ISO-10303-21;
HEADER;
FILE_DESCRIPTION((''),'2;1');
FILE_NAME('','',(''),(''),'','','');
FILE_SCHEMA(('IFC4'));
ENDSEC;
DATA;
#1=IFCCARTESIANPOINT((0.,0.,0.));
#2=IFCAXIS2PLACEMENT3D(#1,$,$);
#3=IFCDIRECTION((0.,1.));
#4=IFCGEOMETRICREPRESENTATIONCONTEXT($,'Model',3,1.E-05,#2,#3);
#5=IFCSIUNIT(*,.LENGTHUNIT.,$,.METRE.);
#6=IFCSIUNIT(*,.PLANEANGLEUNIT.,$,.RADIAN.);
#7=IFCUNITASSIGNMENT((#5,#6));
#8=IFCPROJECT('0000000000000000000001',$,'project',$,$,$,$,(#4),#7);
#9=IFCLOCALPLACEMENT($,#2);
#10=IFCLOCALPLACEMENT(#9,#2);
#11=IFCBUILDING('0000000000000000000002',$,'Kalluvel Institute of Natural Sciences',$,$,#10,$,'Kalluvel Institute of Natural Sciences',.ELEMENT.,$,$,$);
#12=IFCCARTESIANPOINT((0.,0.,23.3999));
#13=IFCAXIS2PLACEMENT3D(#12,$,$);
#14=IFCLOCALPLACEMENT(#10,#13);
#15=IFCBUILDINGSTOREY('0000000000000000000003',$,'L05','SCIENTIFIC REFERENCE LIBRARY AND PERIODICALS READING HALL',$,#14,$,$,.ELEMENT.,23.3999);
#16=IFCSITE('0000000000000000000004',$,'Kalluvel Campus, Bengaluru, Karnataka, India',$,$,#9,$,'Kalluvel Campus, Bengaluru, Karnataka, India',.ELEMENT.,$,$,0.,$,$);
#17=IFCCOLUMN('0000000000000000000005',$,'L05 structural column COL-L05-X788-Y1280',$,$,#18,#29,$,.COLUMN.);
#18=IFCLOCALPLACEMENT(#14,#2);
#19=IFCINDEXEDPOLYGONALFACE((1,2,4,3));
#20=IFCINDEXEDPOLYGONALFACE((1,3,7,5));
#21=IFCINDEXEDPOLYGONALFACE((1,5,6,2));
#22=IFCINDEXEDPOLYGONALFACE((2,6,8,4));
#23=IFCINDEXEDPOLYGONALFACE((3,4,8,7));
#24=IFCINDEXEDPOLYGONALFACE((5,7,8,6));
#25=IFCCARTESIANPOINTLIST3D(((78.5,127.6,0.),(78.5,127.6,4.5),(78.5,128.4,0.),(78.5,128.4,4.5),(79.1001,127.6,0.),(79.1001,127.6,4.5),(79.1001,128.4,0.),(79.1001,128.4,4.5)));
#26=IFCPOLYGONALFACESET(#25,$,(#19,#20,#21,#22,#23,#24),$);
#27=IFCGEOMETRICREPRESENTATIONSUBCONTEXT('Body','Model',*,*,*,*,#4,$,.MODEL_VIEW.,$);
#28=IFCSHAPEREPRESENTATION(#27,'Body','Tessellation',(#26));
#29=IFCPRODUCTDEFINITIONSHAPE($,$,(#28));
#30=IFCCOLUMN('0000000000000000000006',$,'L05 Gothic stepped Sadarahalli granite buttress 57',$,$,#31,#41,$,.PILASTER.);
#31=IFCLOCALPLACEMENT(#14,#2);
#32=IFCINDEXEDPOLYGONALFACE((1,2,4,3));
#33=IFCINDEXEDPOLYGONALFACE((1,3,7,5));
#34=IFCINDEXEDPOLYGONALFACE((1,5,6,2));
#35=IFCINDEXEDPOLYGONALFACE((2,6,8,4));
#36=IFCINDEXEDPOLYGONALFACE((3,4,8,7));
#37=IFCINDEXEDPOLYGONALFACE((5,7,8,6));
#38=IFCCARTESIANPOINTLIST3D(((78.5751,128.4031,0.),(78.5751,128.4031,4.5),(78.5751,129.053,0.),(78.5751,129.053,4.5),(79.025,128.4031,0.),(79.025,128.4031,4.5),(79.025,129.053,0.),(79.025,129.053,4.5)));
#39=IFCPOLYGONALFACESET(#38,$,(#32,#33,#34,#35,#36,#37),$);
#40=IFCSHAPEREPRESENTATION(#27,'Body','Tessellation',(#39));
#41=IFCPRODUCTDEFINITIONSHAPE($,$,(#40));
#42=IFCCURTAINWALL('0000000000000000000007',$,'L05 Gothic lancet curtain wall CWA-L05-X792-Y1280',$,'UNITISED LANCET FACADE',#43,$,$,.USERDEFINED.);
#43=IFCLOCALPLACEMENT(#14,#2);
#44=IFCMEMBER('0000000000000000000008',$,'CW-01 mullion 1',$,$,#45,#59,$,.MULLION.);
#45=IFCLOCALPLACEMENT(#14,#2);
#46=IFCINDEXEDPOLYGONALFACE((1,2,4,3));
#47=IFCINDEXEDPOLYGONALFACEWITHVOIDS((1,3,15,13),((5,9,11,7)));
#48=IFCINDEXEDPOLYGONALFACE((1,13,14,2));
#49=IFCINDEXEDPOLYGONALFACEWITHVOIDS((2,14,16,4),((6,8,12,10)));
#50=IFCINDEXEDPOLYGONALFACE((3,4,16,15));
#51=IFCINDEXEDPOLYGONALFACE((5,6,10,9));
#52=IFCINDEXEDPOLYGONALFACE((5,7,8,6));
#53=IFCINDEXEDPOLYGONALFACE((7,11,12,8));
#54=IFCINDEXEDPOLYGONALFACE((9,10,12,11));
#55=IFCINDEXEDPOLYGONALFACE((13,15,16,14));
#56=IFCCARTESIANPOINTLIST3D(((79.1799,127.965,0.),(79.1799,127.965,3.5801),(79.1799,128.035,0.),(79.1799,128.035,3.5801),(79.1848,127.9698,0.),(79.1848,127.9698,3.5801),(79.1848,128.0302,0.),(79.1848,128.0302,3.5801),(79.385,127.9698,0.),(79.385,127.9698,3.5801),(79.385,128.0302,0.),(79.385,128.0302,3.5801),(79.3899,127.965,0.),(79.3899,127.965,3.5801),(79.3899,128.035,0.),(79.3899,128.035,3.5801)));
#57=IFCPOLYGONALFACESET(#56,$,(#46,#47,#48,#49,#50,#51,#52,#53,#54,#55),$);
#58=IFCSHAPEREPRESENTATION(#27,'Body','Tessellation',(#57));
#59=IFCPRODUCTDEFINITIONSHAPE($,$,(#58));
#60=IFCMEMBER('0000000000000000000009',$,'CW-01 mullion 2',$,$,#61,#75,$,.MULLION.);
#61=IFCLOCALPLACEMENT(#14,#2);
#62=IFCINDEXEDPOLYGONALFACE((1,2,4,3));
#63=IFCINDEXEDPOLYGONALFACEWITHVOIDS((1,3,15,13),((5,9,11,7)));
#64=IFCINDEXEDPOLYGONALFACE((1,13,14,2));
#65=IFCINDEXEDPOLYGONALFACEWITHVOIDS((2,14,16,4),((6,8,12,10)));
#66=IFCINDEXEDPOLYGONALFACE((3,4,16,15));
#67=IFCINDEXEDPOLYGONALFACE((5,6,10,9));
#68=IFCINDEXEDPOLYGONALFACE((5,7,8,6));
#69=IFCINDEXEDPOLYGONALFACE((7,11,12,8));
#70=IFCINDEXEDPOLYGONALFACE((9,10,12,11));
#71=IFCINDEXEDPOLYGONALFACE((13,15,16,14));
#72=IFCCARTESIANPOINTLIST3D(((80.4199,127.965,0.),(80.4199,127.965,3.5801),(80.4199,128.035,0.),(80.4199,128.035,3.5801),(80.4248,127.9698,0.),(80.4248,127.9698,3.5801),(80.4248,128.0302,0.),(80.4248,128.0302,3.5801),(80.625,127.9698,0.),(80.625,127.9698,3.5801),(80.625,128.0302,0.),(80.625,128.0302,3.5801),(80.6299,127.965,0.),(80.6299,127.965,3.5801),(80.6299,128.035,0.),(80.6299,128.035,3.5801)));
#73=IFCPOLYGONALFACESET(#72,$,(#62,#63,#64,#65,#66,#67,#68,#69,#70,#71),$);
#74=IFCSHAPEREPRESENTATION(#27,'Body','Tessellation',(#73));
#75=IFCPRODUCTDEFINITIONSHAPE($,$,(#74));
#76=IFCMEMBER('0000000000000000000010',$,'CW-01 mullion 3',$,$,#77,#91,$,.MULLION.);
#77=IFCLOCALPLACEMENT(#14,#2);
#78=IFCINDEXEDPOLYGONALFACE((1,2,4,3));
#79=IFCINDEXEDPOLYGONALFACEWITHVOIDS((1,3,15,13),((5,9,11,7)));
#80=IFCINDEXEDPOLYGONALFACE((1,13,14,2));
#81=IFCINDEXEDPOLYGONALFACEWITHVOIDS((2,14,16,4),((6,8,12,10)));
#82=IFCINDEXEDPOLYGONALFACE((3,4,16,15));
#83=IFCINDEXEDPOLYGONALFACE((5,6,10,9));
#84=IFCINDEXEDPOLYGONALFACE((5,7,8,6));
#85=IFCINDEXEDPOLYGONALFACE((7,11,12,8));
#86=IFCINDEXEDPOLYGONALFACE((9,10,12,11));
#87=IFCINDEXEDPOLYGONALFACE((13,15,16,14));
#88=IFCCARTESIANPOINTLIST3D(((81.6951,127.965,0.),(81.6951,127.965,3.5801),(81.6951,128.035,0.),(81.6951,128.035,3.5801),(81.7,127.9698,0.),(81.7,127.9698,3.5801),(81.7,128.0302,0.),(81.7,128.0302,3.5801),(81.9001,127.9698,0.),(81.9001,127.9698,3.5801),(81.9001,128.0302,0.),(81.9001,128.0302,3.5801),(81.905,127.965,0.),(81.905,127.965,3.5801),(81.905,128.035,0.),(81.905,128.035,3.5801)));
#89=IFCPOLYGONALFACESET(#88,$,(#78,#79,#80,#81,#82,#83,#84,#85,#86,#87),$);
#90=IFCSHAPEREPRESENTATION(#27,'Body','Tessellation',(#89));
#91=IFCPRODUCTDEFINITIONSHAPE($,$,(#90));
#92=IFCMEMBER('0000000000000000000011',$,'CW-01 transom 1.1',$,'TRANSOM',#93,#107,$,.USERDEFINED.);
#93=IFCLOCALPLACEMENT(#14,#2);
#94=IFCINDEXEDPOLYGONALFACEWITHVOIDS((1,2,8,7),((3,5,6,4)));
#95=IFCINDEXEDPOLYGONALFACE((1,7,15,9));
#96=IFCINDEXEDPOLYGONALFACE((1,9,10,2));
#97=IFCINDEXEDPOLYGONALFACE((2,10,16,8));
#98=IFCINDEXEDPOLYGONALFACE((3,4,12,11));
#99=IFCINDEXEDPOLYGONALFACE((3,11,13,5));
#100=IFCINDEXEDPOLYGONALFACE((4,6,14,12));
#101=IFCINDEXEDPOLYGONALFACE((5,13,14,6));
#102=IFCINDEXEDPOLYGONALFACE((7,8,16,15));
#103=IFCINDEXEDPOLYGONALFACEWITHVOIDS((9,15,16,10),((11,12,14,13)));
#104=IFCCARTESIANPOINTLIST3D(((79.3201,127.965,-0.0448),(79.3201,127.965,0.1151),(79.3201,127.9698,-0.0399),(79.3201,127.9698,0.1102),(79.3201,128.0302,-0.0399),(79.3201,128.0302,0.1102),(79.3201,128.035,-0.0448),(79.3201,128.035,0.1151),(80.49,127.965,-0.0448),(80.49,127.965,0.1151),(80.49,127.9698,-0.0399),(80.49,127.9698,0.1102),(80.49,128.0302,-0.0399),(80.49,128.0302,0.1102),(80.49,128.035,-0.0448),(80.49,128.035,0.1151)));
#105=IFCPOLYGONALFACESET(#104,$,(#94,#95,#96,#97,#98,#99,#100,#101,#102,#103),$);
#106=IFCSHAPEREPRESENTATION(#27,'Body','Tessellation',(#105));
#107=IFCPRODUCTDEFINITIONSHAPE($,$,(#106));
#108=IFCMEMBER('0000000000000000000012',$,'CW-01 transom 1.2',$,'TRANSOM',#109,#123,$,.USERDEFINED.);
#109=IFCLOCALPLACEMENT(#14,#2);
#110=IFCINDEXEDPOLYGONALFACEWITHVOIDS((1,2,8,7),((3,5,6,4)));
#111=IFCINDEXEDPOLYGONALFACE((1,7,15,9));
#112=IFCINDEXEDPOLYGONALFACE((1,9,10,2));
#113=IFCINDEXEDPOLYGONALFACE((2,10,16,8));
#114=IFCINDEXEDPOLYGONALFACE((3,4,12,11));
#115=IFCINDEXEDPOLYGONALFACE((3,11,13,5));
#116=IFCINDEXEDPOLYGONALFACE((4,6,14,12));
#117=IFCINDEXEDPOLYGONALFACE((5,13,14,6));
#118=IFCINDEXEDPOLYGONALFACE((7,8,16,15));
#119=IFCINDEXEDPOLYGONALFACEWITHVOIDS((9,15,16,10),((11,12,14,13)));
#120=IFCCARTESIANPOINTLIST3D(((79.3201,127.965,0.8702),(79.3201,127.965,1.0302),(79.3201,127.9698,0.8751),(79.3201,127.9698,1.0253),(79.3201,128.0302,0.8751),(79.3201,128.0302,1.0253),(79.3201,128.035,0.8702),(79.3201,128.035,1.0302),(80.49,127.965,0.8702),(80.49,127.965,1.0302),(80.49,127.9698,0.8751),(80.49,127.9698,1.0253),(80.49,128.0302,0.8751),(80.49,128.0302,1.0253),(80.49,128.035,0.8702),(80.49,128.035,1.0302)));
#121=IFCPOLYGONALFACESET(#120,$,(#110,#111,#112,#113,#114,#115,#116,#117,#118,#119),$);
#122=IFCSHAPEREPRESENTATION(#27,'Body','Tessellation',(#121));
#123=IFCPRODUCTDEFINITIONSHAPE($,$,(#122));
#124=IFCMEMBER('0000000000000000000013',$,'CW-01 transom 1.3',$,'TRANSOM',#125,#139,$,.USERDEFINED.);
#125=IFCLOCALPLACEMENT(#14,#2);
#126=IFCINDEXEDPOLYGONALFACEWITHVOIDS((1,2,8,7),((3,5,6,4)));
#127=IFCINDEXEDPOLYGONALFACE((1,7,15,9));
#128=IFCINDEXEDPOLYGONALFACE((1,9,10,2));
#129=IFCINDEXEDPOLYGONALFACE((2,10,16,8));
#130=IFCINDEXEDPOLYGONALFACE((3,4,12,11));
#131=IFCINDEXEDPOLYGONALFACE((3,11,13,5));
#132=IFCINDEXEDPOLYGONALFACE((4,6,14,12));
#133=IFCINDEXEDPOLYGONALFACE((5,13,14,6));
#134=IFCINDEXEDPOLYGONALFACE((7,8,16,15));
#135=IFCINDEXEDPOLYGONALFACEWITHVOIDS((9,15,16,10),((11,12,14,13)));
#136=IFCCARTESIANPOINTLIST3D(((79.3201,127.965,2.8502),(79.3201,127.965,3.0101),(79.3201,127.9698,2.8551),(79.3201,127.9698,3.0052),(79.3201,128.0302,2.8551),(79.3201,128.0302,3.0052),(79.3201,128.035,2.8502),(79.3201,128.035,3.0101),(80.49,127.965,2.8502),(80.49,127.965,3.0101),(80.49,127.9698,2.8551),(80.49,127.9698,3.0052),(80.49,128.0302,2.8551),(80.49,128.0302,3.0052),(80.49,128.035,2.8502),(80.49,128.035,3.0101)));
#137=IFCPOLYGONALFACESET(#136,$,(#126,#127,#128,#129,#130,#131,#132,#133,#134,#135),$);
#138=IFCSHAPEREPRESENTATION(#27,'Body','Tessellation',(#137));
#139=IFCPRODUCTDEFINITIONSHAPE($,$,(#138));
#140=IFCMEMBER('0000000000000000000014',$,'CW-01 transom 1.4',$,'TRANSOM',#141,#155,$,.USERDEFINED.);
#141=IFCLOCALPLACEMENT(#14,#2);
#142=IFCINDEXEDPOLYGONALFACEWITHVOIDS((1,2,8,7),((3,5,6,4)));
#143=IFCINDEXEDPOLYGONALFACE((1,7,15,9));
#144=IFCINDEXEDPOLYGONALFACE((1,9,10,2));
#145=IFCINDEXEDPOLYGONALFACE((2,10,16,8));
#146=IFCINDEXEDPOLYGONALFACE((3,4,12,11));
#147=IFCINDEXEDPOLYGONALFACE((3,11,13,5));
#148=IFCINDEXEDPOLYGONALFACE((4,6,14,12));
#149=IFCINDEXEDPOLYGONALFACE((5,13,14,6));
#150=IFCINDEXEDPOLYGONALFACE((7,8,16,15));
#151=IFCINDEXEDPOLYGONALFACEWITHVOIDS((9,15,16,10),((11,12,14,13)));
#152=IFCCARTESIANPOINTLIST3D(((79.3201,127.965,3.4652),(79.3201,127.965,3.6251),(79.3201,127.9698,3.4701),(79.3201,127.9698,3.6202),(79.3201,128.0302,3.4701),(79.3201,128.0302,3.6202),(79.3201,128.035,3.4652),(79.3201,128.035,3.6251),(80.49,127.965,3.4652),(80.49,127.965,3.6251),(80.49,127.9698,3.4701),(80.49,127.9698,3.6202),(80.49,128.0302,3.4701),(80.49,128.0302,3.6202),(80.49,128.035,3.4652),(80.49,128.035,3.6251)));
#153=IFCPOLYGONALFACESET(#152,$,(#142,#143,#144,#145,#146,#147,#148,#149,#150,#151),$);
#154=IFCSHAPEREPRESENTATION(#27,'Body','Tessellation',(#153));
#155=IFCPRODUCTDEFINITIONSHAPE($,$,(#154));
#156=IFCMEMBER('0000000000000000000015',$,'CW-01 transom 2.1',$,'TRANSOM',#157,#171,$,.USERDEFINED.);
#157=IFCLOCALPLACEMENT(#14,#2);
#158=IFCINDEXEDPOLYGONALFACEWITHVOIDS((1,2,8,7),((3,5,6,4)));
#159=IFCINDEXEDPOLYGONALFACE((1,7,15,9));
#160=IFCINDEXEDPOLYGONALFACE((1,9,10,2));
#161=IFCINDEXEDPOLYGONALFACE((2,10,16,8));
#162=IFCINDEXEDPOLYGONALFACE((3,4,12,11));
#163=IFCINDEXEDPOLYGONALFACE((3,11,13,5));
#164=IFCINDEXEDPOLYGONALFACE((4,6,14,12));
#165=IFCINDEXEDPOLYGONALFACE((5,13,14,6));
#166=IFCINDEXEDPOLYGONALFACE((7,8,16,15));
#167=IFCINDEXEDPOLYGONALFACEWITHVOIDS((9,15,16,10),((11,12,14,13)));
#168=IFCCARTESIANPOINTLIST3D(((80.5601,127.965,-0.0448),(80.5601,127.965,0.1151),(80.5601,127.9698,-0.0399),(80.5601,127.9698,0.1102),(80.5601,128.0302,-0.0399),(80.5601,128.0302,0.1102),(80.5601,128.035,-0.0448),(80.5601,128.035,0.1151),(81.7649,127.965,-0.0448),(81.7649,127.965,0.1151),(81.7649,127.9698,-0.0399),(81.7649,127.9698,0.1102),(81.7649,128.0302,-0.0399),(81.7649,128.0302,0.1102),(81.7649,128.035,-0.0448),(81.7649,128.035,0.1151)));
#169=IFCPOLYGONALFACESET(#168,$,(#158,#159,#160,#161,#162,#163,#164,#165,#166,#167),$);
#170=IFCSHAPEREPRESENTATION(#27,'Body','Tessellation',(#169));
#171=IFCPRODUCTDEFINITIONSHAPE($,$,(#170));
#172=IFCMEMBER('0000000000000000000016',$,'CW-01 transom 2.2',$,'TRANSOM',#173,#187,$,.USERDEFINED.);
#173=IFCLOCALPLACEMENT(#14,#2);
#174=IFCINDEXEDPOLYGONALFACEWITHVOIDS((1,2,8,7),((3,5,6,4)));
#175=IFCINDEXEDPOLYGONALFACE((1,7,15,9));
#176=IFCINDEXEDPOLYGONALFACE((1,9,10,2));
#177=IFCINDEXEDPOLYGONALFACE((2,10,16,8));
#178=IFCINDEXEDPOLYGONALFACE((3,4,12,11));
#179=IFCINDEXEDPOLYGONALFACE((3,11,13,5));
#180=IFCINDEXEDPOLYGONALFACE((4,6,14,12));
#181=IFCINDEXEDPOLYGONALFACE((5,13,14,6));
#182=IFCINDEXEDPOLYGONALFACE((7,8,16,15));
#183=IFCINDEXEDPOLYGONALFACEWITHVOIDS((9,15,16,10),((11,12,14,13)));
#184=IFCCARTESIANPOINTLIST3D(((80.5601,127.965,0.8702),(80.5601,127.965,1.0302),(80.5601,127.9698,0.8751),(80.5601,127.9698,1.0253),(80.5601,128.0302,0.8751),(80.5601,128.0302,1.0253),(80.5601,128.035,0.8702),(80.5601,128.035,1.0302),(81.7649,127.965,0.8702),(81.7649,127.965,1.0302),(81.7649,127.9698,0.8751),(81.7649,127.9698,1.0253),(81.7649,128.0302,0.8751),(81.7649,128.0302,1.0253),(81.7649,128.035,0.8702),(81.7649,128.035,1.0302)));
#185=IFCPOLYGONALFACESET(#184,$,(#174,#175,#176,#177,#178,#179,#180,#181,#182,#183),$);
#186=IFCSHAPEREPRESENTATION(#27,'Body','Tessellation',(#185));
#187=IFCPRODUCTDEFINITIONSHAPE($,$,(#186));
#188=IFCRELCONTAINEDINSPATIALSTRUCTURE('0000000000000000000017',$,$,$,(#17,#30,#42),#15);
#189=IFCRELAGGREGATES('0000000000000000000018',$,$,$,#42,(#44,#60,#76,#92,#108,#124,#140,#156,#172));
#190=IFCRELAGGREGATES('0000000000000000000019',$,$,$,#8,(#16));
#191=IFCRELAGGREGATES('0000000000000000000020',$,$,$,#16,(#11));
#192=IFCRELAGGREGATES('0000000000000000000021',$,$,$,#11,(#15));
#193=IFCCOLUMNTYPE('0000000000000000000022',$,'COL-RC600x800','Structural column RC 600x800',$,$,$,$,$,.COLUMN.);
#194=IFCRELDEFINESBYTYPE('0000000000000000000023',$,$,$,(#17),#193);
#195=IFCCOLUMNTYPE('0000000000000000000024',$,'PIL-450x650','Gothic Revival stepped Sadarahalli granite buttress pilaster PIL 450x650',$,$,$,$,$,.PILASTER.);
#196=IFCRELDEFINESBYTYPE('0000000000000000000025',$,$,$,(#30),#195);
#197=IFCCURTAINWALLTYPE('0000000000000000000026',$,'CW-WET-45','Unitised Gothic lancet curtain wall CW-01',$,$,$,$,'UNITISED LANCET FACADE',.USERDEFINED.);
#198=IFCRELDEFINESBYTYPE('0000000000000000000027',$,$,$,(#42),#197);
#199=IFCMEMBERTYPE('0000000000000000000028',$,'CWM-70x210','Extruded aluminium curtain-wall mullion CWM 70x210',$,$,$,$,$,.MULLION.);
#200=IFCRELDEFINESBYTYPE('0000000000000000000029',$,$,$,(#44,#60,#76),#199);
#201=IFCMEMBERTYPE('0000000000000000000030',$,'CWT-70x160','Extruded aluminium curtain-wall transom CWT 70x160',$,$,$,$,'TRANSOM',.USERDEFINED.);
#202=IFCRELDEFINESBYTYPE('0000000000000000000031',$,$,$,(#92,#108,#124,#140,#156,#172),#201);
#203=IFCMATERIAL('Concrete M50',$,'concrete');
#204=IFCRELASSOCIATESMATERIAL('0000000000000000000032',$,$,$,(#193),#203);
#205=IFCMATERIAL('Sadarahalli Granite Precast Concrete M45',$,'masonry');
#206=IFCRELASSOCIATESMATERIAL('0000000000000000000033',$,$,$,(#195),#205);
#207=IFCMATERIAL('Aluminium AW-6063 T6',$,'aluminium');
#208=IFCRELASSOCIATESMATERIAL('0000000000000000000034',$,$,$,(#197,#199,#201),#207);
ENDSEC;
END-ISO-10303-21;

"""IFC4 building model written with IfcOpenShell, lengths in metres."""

from ifc_helpers import new_model, si_unit, direction, frame, origin, origin_2d, place, context, subcontext, project, spatial, rectangle, hollow_rectangle, extrude, material, material_profile, profile_set, type_object, element, aggregate, save


model = new_model("IFC4")

# Units and contexts
model_context = context("Model", 3, precision=1e-05, world=origin(), true_north=direction((0.0, 1.0)))
body_context = subcontext(model_context, "Body", "Model", "MODEL_VIEW")
ifc_project = project(units=[si_unit("LENGTHUNIT", "METRE"), si_unit("PLANEANGLEUNIT", "RADIAN")], contexts=[model_context])

# Site, building, storey
site_placement = place(None, origin())
site = spatial("IfcSite", under=ifc_project, at=site_placement, Name="Kalluvel Campus, Bengaluru, Karnataka, India", LongName="Kalluvel Campus, Bengaluru, Karnataka, India", CompositionType="ELEMENT", RefElevation=0.0)
building_placement = place(site_placement, origin())
building = spatial("IfcBuilding", under=site, at=building_placement, Name="Kalluvel Institute of Natural Sciences", LongName="Kalluvel Institute of Natural Sciences", CompositionType="ELEMENT")
storey_placement = place(building_placement, frame((0.0, 0.0, 23.3999)))
storey = spatial("IfcBuildingStorey", under=building, at=storey_placement, Name="L05", Description="SCIENTIFIC REFERENCE LIBRARY AND PERIODICALS READING HALL", CompositionType="ELEMENT", Elevation=23.3999)

# Columns
ifc_material_1 = material(Name="Concrete M50", Category="concrete")
ifc_material_profile_1 = material_profile(ifc_material_1, rectangle(XDim=0.6001, YDim=0.8, at=origin_2d()), Name="RC 600x800")
ifc_profile_set_1 = profile_set([ifc_material_profile_1], Name="Concrete M50")
column_type_1 = type_object("IfcColumnType", Name="COL-RC600x800", Description="Structural column RC 600x800", PredefinedType="COLUMN", material=ifc_profile_set_1)
column_1_placement = place(storey_placement, frame((78.8, 128.0, 0.0), z_axis=(0.0, 0.0, 1.0), x_axis=(1.0, 0.0, 0.0)))
element("IfcColumn", 1, at=column_1_placement, inside=storey, type_object=column_type_1, Name="L05 structural column COL-L05-X788-Y1280", PredefinedType="COLUMN", context=body_context, shape_type="SweptSolid", body=[
    extrude(rectangle(XDim=0.6001, YDim=0.8, at=origin_2d()), origin(), (0.0, 0.0, 1.0), 4.5),
])
ifc_material_2 = material(Name="Sadarahalli Granite Precast Concrete M45", Category="masonry")
ifc_material_profile_2 = material_profile(ifc_material_2, rectangle(XDim=0.45, YDim=0.6499, at=origin_2d()), Name="PIL 450x650")
ifc_profile_set_2 = profile_set([ifc_material_profile_2], Name="Sadarahalli Granite Precast Concrete M45")
column_type_2 = type_object("IfcColumnType", Name="PIL-450x650", Description="Gothic Revival stepped Sadarahalli granite buttress pilaster PIL 450x650", PredefinedType="PILASTER", material=ifc_profile_set_2)
column_2_placement = place(storey_placement, frame((78.8, 128.728, 0.0), z_axis=(0.0, 0.0, 1.0), x_axis=(1.0, 0.0, 0.0)))
element("IfcColumn", 2, at=column_2_placement, inside=storey, type_object=column_type_2, Name="L05 Gothic stepped Sadarahalli granite buttress 57", PredefinedType="PILASTER", context=body_context, shape_type="SweptSolid", body=[
    extrude(rectangle(XDim=0.45, YDim=0.6499, at=origin_2d()), origin(), (0.0, 0.0, 1.0), 4.5),
])

# Curtain wall, members
ifc_material_3 = material(Name="Aluminium AW-6063 T6", Category="aluminium")
curtain_wall_type = type_object("IfcCurtainWallType", Name="CW-WET-45", Description="Unitised Gothic lancet curtain wall CW-01", ElementType="UNITISED LANCET FACADE", PredefinedType="USERDEFINED", material=ifc_material_3)
curtain_wall_placement = place(storey_placement, origin())
curtain_wall = element("IfcCurtainWall", 3, at=curtain_wall_placement, inside=storey, type_object=curtain_wall_type, Name="L05 Gothic lancet curtain wall CWA-L05-X792-Y1280", ObjectType="UNITISED LANCET FACADE", PredefinedType="USERDEFINED")
ifc_material_profile_3 = material_profile(ifc_material_3, hollow_rectangle(XDim=0.0701, YDim=0.21, WallThickness=0.0049, at=origin_2d()), Name="CWM 70x210")
ifc_profile_set_3 = profile_set([ifc_material_profile_3], Name="Aluminium AW-6063 T6")
member_type_1 = type_object("IfcMemberType", Name="CWM-70x210", Description="Extruded aluminium curtain-wall mullion CWM 70x210", PredefinedType="MULLION", material=ifc_profile_set_3)
member_1_placement = place(storey_placement, frame((79.2849, 128.0, 0.0), z_axis=(0.0, 0.0, 1.0), x_axis=(0.0, 1.0, 0.0)))
member_1 = element("IfcMember", 4, at=member_1_placement, type_object=member_type_1, Name="CW-01 mullion 1", PredefinedType="MULLION", context=body_context, shape_type="SweptSolid", body=[
    extrude(hollow_rectangle(XDim=0.0701, YDim=0.21, WallThickness=0.0049, at=origin_2d()), origin(), (0.0, 0.0, 1.0), 3.5801),
])
member_2_placement = place(storey_placement, frame((80.5249, 128.0, 0.0), z_axis=(0.0, 0.0, 1.0), x_axis=(0.0, 1.0, 0.0)))
member_2 = element("IfcMember", 5, at=member_2_placement, type_object=member_type_1, Name="CW-01 mullion 2", PredefinedType="MULLION", context=body_context, shape_type="SweptSolid", body=[
    extrude(hollow_rectangle(XDim=0.0701, YDim=0.21, WallThickness=0.0049, at=origin_2d()), origin(), (0.0, 0.0, 1.0), 3.5801),
])
member_3_placement = place(storey_placement, frame((81.8, 128.0, 0.0), z_axis=(0.0, 0.0, 1.0), x_axis=(0.0, 1.0, 0.0)))
member_3 = element("IfcMember", 6, at=member_3_placement, type_object=member_type_1, Name="CW-01 mullion 3", PredefinedType="MULLION", context=body_context, shape_type="SweptSolid", body=[
    extrude(hollow_rectangle(XDim=0.0701, YDim=0.21, WallThickness=0.0049, at=origin_2d()), origin(), (0.0, 0.0, 1.0), 3.5801),
])
ifc_material_profile_4 = material_profile(ifc_material_3, hollow_rectangle(XDim=0.0701, YDim=0.1599, WallThickness=0.0049, at=origin_2d()), Name="CWT 70x160")
ifc_profile_set_4 = profile_set([ifc_material_profile_4], Name="Aluminium AW-6063 T6")
member_type_2 = type_object("IfcMemberType", Name="CWT-70x160", Description="Extruded aluminium curtain-wall transom CWT 70x160", ElementType="TRANSOM", PredefinedType="USERDEFINED", material=ifc_profile_set_4)
member_4_placement = place(storey_placement, frame((79.3201, 128.0, 0.0352), z_axis=(1.0, 0.0, 0.0), x_axis=(0.0, 1.0, 0.0)))
member_4 = element("IfcMember", 7, at=member_4_placement, type_object=member_type_2, Name="CW-01 transom 1.1", ObjectType="TRANSOM", PredefinedType="USERDEFINED", context=body_context, shape_type="SweptSolid", body=[
    extrude(hollow_rectangle(XDim=0.0701, YDim=0.1599, WallThickness=0.0049, at=origin_2d()), origin(), (0.0, 0.0, 1.0), 1.1699),
])
member_5_placement = place(storey_placement, frame((79.3201, 128.0, 0.9502), z_axis=(1.0, 0.0, 0.0), x_axis=(0.0, 1.0, 0.0)))
member_5 = element("IfcMember", 8, at=member_5_placement, type_object=member_type_2, Name="CW-01 transom 1.2", ObjectType="TRANSOM", PredefinedType="USERDEFINED", context=body_context, shape_type="SweptSolid", body=[
    extrude(hollow_rectangle(XDim=0.0701, YDim=0.1599, WallThickness=0.0049, at=origin_2d()), origin(), (0.0, 0.0, 1.0), 1.1699),
])
member_6_placement = place(storey_placement, frame((79.3201, 128.0, 2.9302), z_axis=(1.0, 0.0, 0.0), x_axis=(0.0, 1.0, 0.0)))
member_6 = element("IfcMember", 9, at=member_6_placement, type_object=member_type_2, Name="CW-01 transom 1.3", ObjectType="TRANSOM", PredefinedType="USERDEFINED", context=body_context, shape_type="SweptSolid", body=[
    extrude(hollow_rectangle(XDim=0.0701, YDim=0.1599, WallThickness=0.0049, at=origin_2d()), origin(), (0.0, 0.0, 1.0), 1.1699),
])
member_7_placement = place(storey_placement, frame((79.3201, 128.0, 3.5452), z_axis=(1.0, 0.0, 0.0), x_axis=(0.0, 1.0, 0.0)))
member_7 = element("IfcMember", 10, at=member_7_placement, type_object=member_type_2, Name="CW-01 transom 1.4", ObjectType="TRANSOM", PredefinedType="USERDEFINED", context=body_context, shape_type="SweptSolid", body=[
    extrude(hollow_rectangle(XDim=0.0701, YDim=0.1599, WallThickness=0.0049, at=origin_2d()), origin(), (0.0, 0.0, 1.0), 1.1699),
])
member_8_placement = place(storey_placement, frame((80.5601, 128.0, 0.0352), z_axis=(1.0, 0.0, 0.0), x_axis=(0.0, 1.0, 0.0)))
member_8 = element("IfcMember", 11, at=member_8_placement, type_object=member_type_2, Name="CW-01 transom 2.1", ObjectType="TRANSOM", PredefinedType="USERDEFINED", context=body_context, shape_type="SweptSolid", body=[
    extrude(hollow_rectangle(XDim=0.0701, YDim=0.1599, WallThickness=0.0049, at=origin_2d()), origin(), (0.0, 0.0, 1.0), 1.2048),
])
member_9_placement = place(storey_placement, frame((80.5601, 128.0, 0.9502), z_axis=(1.0, 0.0, 0.0), x_axis=(0.0, 1.0, 0.0)))
member_9 = element("IfcMember", 12, at=member_9_placement, type_object=member_type_2, Name="CW-01 transom 2.2", ObjectType="TRANSOM", PredefinedType="USERDEFINED", context=body_context, shape_type="SweptSolid", body=[
    extrude(hollow_rectangle(XDim=0.0701, YDim=0.1599, WallThickness=0.0049, at=origin_2d()), origin(), (0.0, 0.0, 1.0), 1.2048),
])

aggregate(curtain_wall, [member_1, member_2, member_3, member_4, member_5, member_6, member_7, member_8, member_9])

save(model, "model.ifc")
